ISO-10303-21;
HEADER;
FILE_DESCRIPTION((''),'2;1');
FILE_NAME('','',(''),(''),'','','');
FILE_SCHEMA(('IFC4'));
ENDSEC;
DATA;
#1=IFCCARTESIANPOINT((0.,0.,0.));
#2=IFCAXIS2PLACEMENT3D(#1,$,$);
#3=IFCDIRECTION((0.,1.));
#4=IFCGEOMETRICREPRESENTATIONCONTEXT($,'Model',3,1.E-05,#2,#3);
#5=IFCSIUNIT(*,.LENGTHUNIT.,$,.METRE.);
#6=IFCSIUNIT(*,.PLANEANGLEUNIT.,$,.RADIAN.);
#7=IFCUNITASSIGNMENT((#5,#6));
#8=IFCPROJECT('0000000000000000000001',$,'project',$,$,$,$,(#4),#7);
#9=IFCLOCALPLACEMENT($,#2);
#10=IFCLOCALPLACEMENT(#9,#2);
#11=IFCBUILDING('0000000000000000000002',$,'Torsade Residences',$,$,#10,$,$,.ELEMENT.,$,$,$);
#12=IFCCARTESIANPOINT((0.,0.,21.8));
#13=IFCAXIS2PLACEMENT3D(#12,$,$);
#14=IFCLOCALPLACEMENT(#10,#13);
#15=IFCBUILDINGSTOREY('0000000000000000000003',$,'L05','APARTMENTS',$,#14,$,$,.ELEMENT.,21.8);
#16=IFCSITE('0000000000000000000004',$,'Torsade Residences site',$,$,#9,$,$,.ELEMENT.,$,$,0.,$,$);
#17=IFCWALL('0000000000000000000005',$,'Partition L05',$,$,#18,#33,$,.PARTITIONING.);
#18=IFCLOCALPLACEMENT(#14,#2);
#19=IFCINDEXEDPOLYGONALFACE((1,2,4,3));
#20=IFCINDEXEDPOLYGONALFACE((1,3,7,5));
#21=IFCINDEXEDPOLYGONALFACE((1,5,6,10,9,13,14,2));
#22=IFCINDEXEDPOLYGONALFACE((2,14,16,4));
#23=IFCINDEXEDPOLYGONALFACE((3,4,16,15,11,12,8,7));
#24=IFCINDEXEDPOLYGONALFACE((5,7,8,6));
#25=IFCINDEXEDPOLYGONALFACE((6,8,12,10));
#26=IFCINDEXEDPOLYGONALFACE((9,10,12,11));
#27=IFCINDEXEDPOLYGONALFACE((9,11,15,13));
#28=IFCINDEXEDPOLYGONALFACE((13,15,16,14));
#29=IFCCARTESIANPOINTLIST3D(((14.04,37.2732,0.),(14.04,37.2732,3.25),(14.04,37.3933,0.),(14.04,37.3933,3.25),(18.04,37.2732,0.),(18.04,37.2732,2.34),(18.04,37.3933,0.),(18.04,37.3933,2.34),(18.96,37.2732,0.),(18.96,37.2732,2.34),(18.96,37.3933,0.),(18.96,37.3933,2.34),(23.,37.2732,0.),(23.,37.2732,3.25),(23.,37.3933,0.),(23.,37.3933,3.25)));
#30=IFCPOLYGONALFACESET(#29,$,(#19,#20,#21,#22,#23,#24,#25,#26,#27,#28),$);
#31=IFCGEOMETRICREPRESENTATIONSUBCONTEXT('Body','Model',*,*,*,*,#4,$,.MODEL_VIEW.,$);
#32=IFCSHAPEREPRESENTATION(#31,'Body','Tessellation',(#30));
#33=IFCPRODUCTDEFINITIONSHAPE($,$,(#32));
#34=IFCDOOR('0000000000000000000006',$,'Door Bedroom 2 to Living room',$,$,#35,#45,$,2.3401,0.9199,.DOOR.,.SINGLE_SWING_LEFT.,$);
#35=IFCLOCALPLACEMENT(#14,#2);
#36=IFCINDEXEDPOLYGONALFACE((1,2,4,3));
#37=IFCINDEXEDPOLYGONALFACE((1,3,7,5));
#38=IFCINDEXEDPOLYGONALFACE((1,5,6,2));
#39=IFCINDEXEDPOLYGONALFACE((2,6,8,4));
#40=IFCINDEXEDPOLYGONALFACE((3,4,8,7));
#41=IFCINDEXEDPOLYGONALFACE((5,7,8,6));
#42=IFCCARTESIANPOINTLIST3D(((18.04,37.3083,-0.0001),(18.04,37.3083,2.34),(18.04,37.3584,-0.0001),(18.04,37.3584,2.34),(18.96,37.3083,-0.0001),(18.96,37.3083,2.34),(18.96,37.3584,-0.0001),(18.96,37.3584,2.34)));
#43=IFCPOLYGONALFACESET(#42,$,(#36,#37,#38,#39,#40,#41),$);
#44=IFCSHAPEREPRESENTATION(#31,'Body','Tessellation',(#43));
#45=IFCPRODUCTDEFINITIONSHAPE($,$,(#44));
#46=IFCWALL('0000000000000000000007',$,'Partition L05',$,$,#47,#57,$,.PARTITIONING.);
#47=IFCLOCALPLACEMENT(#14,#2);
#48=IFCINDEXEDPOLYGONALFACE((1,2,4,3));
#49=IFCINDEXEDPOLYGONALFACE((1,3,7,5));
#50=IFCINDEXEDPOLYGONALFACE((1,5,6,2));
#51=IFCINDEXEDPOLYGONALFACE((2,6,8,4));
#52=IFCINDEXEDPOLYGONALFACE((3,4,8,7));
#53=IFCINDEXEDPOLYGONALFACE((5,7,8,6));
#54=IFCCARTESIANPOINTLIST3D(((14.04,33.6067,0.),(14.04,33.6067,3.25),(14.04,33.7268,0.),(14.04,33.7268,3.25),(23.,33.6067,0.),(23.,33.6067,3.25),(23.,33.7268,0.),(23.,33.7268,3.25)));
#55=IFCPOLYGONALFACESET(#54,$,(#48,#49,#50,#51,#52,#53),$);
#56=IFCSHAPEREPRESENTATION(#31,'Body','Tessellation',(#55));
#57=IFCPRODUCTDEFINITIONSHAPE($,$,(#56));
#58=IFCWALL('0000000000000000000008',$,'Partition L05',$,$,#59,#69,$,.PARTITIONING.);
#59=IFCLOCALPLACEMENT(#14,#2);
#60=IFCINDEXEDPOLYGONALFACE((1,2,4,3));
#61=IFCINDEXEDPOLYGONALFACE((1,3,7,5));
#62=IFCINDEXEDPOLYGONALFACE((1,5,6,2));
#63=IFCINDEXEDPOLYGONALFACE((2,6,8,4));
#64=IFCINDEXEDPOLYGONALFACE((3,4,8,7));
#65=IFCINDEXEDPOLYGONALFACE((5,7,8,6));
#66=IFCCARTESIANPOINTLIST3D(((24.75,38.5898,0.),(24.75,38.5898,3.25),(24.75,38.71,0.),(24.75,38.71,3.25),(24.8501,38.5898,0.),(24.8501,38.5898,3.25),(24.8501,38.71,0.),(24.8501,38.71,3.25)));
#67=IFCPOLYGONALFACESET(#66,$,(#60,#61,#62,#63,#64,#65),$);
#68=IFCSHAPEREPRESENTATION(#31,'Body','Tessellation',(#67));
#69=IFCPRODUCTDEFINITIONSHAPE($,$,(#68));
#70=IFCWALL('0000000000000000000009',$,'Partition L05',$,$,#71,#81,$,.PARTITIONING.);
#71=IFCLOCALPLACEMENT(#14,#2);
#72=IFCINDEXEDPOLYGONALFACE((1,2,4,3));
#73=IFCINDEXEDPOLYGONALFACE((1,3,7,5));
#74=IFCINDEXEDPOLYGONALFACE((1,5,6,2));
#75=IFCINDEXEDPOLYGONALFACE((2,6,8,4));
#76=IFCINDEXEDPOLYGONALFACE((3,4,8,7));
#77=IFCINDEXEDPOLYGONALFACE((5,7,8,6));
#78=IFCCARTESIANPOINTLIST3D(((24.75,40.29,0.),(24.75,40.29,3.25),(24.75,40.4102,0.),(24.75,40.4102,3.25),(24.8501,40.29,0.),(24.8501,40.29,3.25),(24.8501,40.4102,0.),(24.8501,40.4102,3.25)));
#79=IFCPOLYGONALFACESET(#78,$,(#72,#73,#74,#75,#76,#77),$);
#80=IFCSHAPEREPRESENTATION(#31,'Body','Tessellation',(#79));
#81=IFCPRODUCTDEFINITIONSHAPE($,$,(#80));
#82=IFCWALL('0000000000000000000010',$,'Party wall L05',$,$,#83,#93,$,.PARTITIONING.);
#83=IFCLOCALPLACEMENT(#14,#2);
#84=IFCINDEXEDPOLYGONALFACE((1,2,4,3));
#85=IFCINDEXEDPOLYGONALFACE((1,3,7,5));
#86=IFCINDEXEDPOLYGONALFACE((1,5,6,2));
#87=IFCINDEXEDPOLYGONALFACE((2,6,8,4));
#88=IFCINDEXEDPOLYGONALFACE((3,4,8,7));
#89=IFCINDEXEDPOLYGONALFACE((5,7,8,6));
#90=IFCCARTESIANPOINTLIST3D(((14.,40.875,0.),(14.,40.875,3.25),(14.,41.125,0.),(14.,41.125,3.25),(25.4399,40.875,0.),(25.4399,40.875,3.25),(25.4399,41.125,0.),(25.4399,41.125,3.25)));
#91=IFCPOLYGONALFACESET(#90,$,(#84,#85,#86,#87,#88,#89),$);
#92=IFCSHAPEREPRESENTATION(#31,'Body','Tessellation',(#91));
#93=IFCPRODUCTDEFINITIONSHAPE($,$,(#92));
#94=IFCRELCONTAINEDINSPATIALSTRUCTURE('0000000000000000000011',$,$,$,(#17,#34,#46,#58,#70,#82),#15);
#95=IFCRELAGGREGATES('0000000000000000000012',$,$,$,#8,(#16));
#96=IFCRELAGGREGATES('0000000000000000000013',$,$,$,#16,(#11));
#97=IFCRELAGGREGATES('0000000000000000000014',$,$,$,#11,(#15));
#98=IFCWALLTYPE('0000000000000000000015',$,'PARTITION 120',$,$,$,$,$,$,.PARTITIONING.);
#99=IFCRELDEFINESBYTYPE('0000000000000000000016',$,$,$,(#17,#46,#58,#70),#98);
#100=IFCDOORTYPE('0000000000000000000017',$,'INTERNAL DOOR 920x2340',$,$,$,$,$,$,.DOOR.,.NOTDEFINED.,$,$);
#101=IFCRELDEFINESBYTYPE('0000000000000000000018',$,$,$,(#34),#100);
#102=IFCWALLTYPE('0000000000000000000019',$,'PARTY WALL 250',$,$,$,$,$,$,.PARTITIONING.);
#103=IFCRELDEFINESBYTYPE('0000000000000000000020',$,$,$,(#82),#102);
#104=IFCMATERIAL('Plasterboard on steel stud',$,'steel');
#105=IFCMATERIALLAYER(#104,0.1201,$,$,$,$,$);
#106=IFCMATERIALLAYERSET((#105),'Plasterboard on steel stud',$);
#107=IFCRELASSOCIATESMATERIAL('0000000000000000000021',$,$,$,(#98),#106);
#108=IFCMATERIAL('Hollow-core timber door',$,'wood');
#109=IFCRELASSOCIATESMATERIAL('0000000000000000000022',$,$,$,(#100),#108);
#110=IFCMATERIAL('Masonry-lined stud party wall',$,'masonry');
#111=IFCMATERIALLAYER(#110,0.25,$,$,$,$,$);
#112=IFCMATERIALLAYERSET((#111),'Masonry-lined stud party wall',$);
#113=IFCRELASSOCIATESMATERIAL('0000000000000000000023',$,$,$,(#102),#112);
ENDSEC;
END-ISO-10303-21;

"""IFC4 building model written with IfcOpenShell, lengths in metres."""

from ifc_helpers import new_model, si_unit, direction, frame, frame_2d, origin, place, context, subcontext, project, spatial, rectangle, extrude, material, layer, layer_set, type_object, element, fill, save


model = new_model("IFC4")

# Units and contexts
model_context = context("Model", 3, precision=1e-05, world=origin(), true_north=direction((0.0, 1.0)))
body_context = subcontext(model_context, "Body", "Model", "MODEL_VIEW")
ifc_project = project(units=[si_unit("LENGTHUNIT", "METRE"), si_unit("PLANEANGLEUNIT", "RADIAN")], contexts=[model_context])

# Site, building, storey
site_placement = place(None, origin())
site = spatial("IfcSite", under=ifc_project, at=site_placement, Name="Torsade Residences site", CompositionType="ELEMENT", RefElevation=0.0)
building_placement = place(site_placement, origin())
building = spatial("IfcBuilding", under=site, at=building_placement, Name="Torsade Residences", CompositionType="ELEMENT")
storey_placement = place(building_placement, frame((0.0, 0.0, 21.8)))
storey = spatial("IfcBuildingStorey", under=building, at=storey_placement, Name="L05", Description="APARTMENTS", CompositionType="ELEMENT", Elevation=21.8)

# Shared definitions
ifc_material_1 = material(Name="Plasterboard on steel stud", Category="steel")
ifc_layer_1 = layer(ifc_material_1, 0.1201)
ifc_layer_set_1 = layer_set([ifc_layer_1], Name="Plasterboard on steel stud")
wall_type_1 = type_object("IfcWallType", Name="PARTITION 120", PredefinedType="PARTITIONING", material=ifc_layer_set_1)
ifc_material_2 = material(Name="Hollow-core timber door", Category="wood")
door_type_1 = type_object("IfcDoorType", Name="INTERNAL DOOR 920x2340", OperationType="NOTDEFINED", PredefinedType="DOOR", material=ifc_material_2)

# Wall, opening, door
wall_1_placement = place(storey_placement, frame((23.0, 37.3333, 0.0), z_axis=(0.0, 0.0, 1.0), x_axis=(-1.0, 0.0, 0.0)))
wall_1 = element("IfcWall", 1, at=wall_1_placement, inside=storey, type_object=wall_type_1, Name="Partition L05", PredefinedType="PARTITIONING", context=body_context, shape_type="SweptSolid", body=[
    extrude(rectangle(XDim=8.96, YDim=0.1201, at=frame_2d((4.48, 0.0))), origin(), (0.0, 0.0, 1.0), 3.25),
])
opening_1_placement = place(wall_1_placement, frame((4.04, 0.0, 0.0)))
opening_1 = element("IfcOpeningElement", 2, at=opening_1_placement, cuts=wall_1, PredefinedType="OPENING", context=body_context, shape_type="SweptSolid", body=[
    extrude(rectangle(XDim=0.9199, YDim=2.3401, at=frame_2d((0.46, 1.1699))), frame((0.0, 0.0701, 0.0), z_axis=(0.0, -1.0, 0.0), x_axis=(1.0, 0.0, 0.0)), (0.0, 0.0, 1.0), 0.1401),
])
door_1_placement = place(opening_1_placement, origin())
door_1 = element("IfcDoor", 3, at=door_1_placement, inside=storey, type_object=door_type_1, Name="Door Bedroom 2 to Living room", OperationType="SINGLE_SWING_LEFT", OverallHeight=2.3401, OverallWidth=0.9199, PredefinedType="DOOR", context=body_context, shape_type="SweptSolid", body=[
    extrude(rectangle(XDim=0.9199, YDim=2.3401, at=frame_2d((0.46, 1.1699))), frame((0.0, 0.0249, 0.0), z_axis=(0.0, -1.0, 0.0), x_axis=(1.0, 0.0, 0.0)), (0.0, 0.0, 1.0), 0.05),
])
fill(opening_1, door_1)

# Walls
wall_2_placement = place(storey_placement, frame((14.04, 33.6667, 0.0), z_axis=(0.0, 0.0, 1.0), x_axis=(1.0, 0.0, 0.0)))
element("IfcWall", 4, at=wall_2_placement, inside=storey, type_object=wall_type_1, Name="Partition L05", PredefinedType="PARTITIONING", context=body_context, shape_type="SweptSolid", body=[
    extrude(rectangle(XDim=8.96, YDim=0.1201, at=frame_2d((4.48, 0.0))), origin(), (0.0, 0.0, 1.0), 3.25),
])
for number, where, z_axis, x_axis, name in (
    (5, (24.8501, 38.6499, 0.0), (0.0, 0.0, 1.0), (-1.0, 0.0, 0.0), "Partition L05"),
    (6, (24.8501, 40.3501, 0.0), (0.0, 0.0, 1.0), (-1.0, 0.0, 0.0), "Partition L05"),
):
    element("IfcWall", number, at=place(storey_placement, frame(where, z_axis=z_axis, x_axis=x_axis)), inside=storey, type_object=wall_type_1, Name=name, PredefinedType="PARTITIONING", context=body_context, shape_type="SweptSolid", body=[
        extrude(rectangle(XDim=0.1001, YDim=0.1201, at=frame_2d((0.05, 0.0))), origin(), (0.0, 0.0, 1.0), 3.25),
    ])
ifc_material_3 = material(Name="Masonry-lined stud party wall", Category="masonry")
ifc_layer_2 = layer(ifc_material_3, 0.25)
ifc_layer_set_2 = layer_set([ifc_layer_2], Name="Masonry-lined stud party wall")
wall_type_2 = type_object("IfcWallType", Name="PARTY WALL 250", PredefinedType="PARTITIONING", material=ifc_layer_set_2)
wall_3_placement = place(storey_placement, frame((14.0, 41.0, 0.0), z_axis=(0.0, 0.0, 1.0), x_axis=(1.0, 0.0, 0.0)))
element("IfcWall", 7, at=wall_3_placement, inside=storey, type_object=wall_type_2, Name="Party wall L05", PredefinedType="PARTITIONING", context=body_context, shape_type="SweptSolid", body=[
    extrude(rectangle(XDim=11.4399, YDim=0.25, at=frame_2d((5.72, 0.0))), origin(), (0.0, 0.0, 1.0), 3.25),
])

save(model, "model.ifc")
